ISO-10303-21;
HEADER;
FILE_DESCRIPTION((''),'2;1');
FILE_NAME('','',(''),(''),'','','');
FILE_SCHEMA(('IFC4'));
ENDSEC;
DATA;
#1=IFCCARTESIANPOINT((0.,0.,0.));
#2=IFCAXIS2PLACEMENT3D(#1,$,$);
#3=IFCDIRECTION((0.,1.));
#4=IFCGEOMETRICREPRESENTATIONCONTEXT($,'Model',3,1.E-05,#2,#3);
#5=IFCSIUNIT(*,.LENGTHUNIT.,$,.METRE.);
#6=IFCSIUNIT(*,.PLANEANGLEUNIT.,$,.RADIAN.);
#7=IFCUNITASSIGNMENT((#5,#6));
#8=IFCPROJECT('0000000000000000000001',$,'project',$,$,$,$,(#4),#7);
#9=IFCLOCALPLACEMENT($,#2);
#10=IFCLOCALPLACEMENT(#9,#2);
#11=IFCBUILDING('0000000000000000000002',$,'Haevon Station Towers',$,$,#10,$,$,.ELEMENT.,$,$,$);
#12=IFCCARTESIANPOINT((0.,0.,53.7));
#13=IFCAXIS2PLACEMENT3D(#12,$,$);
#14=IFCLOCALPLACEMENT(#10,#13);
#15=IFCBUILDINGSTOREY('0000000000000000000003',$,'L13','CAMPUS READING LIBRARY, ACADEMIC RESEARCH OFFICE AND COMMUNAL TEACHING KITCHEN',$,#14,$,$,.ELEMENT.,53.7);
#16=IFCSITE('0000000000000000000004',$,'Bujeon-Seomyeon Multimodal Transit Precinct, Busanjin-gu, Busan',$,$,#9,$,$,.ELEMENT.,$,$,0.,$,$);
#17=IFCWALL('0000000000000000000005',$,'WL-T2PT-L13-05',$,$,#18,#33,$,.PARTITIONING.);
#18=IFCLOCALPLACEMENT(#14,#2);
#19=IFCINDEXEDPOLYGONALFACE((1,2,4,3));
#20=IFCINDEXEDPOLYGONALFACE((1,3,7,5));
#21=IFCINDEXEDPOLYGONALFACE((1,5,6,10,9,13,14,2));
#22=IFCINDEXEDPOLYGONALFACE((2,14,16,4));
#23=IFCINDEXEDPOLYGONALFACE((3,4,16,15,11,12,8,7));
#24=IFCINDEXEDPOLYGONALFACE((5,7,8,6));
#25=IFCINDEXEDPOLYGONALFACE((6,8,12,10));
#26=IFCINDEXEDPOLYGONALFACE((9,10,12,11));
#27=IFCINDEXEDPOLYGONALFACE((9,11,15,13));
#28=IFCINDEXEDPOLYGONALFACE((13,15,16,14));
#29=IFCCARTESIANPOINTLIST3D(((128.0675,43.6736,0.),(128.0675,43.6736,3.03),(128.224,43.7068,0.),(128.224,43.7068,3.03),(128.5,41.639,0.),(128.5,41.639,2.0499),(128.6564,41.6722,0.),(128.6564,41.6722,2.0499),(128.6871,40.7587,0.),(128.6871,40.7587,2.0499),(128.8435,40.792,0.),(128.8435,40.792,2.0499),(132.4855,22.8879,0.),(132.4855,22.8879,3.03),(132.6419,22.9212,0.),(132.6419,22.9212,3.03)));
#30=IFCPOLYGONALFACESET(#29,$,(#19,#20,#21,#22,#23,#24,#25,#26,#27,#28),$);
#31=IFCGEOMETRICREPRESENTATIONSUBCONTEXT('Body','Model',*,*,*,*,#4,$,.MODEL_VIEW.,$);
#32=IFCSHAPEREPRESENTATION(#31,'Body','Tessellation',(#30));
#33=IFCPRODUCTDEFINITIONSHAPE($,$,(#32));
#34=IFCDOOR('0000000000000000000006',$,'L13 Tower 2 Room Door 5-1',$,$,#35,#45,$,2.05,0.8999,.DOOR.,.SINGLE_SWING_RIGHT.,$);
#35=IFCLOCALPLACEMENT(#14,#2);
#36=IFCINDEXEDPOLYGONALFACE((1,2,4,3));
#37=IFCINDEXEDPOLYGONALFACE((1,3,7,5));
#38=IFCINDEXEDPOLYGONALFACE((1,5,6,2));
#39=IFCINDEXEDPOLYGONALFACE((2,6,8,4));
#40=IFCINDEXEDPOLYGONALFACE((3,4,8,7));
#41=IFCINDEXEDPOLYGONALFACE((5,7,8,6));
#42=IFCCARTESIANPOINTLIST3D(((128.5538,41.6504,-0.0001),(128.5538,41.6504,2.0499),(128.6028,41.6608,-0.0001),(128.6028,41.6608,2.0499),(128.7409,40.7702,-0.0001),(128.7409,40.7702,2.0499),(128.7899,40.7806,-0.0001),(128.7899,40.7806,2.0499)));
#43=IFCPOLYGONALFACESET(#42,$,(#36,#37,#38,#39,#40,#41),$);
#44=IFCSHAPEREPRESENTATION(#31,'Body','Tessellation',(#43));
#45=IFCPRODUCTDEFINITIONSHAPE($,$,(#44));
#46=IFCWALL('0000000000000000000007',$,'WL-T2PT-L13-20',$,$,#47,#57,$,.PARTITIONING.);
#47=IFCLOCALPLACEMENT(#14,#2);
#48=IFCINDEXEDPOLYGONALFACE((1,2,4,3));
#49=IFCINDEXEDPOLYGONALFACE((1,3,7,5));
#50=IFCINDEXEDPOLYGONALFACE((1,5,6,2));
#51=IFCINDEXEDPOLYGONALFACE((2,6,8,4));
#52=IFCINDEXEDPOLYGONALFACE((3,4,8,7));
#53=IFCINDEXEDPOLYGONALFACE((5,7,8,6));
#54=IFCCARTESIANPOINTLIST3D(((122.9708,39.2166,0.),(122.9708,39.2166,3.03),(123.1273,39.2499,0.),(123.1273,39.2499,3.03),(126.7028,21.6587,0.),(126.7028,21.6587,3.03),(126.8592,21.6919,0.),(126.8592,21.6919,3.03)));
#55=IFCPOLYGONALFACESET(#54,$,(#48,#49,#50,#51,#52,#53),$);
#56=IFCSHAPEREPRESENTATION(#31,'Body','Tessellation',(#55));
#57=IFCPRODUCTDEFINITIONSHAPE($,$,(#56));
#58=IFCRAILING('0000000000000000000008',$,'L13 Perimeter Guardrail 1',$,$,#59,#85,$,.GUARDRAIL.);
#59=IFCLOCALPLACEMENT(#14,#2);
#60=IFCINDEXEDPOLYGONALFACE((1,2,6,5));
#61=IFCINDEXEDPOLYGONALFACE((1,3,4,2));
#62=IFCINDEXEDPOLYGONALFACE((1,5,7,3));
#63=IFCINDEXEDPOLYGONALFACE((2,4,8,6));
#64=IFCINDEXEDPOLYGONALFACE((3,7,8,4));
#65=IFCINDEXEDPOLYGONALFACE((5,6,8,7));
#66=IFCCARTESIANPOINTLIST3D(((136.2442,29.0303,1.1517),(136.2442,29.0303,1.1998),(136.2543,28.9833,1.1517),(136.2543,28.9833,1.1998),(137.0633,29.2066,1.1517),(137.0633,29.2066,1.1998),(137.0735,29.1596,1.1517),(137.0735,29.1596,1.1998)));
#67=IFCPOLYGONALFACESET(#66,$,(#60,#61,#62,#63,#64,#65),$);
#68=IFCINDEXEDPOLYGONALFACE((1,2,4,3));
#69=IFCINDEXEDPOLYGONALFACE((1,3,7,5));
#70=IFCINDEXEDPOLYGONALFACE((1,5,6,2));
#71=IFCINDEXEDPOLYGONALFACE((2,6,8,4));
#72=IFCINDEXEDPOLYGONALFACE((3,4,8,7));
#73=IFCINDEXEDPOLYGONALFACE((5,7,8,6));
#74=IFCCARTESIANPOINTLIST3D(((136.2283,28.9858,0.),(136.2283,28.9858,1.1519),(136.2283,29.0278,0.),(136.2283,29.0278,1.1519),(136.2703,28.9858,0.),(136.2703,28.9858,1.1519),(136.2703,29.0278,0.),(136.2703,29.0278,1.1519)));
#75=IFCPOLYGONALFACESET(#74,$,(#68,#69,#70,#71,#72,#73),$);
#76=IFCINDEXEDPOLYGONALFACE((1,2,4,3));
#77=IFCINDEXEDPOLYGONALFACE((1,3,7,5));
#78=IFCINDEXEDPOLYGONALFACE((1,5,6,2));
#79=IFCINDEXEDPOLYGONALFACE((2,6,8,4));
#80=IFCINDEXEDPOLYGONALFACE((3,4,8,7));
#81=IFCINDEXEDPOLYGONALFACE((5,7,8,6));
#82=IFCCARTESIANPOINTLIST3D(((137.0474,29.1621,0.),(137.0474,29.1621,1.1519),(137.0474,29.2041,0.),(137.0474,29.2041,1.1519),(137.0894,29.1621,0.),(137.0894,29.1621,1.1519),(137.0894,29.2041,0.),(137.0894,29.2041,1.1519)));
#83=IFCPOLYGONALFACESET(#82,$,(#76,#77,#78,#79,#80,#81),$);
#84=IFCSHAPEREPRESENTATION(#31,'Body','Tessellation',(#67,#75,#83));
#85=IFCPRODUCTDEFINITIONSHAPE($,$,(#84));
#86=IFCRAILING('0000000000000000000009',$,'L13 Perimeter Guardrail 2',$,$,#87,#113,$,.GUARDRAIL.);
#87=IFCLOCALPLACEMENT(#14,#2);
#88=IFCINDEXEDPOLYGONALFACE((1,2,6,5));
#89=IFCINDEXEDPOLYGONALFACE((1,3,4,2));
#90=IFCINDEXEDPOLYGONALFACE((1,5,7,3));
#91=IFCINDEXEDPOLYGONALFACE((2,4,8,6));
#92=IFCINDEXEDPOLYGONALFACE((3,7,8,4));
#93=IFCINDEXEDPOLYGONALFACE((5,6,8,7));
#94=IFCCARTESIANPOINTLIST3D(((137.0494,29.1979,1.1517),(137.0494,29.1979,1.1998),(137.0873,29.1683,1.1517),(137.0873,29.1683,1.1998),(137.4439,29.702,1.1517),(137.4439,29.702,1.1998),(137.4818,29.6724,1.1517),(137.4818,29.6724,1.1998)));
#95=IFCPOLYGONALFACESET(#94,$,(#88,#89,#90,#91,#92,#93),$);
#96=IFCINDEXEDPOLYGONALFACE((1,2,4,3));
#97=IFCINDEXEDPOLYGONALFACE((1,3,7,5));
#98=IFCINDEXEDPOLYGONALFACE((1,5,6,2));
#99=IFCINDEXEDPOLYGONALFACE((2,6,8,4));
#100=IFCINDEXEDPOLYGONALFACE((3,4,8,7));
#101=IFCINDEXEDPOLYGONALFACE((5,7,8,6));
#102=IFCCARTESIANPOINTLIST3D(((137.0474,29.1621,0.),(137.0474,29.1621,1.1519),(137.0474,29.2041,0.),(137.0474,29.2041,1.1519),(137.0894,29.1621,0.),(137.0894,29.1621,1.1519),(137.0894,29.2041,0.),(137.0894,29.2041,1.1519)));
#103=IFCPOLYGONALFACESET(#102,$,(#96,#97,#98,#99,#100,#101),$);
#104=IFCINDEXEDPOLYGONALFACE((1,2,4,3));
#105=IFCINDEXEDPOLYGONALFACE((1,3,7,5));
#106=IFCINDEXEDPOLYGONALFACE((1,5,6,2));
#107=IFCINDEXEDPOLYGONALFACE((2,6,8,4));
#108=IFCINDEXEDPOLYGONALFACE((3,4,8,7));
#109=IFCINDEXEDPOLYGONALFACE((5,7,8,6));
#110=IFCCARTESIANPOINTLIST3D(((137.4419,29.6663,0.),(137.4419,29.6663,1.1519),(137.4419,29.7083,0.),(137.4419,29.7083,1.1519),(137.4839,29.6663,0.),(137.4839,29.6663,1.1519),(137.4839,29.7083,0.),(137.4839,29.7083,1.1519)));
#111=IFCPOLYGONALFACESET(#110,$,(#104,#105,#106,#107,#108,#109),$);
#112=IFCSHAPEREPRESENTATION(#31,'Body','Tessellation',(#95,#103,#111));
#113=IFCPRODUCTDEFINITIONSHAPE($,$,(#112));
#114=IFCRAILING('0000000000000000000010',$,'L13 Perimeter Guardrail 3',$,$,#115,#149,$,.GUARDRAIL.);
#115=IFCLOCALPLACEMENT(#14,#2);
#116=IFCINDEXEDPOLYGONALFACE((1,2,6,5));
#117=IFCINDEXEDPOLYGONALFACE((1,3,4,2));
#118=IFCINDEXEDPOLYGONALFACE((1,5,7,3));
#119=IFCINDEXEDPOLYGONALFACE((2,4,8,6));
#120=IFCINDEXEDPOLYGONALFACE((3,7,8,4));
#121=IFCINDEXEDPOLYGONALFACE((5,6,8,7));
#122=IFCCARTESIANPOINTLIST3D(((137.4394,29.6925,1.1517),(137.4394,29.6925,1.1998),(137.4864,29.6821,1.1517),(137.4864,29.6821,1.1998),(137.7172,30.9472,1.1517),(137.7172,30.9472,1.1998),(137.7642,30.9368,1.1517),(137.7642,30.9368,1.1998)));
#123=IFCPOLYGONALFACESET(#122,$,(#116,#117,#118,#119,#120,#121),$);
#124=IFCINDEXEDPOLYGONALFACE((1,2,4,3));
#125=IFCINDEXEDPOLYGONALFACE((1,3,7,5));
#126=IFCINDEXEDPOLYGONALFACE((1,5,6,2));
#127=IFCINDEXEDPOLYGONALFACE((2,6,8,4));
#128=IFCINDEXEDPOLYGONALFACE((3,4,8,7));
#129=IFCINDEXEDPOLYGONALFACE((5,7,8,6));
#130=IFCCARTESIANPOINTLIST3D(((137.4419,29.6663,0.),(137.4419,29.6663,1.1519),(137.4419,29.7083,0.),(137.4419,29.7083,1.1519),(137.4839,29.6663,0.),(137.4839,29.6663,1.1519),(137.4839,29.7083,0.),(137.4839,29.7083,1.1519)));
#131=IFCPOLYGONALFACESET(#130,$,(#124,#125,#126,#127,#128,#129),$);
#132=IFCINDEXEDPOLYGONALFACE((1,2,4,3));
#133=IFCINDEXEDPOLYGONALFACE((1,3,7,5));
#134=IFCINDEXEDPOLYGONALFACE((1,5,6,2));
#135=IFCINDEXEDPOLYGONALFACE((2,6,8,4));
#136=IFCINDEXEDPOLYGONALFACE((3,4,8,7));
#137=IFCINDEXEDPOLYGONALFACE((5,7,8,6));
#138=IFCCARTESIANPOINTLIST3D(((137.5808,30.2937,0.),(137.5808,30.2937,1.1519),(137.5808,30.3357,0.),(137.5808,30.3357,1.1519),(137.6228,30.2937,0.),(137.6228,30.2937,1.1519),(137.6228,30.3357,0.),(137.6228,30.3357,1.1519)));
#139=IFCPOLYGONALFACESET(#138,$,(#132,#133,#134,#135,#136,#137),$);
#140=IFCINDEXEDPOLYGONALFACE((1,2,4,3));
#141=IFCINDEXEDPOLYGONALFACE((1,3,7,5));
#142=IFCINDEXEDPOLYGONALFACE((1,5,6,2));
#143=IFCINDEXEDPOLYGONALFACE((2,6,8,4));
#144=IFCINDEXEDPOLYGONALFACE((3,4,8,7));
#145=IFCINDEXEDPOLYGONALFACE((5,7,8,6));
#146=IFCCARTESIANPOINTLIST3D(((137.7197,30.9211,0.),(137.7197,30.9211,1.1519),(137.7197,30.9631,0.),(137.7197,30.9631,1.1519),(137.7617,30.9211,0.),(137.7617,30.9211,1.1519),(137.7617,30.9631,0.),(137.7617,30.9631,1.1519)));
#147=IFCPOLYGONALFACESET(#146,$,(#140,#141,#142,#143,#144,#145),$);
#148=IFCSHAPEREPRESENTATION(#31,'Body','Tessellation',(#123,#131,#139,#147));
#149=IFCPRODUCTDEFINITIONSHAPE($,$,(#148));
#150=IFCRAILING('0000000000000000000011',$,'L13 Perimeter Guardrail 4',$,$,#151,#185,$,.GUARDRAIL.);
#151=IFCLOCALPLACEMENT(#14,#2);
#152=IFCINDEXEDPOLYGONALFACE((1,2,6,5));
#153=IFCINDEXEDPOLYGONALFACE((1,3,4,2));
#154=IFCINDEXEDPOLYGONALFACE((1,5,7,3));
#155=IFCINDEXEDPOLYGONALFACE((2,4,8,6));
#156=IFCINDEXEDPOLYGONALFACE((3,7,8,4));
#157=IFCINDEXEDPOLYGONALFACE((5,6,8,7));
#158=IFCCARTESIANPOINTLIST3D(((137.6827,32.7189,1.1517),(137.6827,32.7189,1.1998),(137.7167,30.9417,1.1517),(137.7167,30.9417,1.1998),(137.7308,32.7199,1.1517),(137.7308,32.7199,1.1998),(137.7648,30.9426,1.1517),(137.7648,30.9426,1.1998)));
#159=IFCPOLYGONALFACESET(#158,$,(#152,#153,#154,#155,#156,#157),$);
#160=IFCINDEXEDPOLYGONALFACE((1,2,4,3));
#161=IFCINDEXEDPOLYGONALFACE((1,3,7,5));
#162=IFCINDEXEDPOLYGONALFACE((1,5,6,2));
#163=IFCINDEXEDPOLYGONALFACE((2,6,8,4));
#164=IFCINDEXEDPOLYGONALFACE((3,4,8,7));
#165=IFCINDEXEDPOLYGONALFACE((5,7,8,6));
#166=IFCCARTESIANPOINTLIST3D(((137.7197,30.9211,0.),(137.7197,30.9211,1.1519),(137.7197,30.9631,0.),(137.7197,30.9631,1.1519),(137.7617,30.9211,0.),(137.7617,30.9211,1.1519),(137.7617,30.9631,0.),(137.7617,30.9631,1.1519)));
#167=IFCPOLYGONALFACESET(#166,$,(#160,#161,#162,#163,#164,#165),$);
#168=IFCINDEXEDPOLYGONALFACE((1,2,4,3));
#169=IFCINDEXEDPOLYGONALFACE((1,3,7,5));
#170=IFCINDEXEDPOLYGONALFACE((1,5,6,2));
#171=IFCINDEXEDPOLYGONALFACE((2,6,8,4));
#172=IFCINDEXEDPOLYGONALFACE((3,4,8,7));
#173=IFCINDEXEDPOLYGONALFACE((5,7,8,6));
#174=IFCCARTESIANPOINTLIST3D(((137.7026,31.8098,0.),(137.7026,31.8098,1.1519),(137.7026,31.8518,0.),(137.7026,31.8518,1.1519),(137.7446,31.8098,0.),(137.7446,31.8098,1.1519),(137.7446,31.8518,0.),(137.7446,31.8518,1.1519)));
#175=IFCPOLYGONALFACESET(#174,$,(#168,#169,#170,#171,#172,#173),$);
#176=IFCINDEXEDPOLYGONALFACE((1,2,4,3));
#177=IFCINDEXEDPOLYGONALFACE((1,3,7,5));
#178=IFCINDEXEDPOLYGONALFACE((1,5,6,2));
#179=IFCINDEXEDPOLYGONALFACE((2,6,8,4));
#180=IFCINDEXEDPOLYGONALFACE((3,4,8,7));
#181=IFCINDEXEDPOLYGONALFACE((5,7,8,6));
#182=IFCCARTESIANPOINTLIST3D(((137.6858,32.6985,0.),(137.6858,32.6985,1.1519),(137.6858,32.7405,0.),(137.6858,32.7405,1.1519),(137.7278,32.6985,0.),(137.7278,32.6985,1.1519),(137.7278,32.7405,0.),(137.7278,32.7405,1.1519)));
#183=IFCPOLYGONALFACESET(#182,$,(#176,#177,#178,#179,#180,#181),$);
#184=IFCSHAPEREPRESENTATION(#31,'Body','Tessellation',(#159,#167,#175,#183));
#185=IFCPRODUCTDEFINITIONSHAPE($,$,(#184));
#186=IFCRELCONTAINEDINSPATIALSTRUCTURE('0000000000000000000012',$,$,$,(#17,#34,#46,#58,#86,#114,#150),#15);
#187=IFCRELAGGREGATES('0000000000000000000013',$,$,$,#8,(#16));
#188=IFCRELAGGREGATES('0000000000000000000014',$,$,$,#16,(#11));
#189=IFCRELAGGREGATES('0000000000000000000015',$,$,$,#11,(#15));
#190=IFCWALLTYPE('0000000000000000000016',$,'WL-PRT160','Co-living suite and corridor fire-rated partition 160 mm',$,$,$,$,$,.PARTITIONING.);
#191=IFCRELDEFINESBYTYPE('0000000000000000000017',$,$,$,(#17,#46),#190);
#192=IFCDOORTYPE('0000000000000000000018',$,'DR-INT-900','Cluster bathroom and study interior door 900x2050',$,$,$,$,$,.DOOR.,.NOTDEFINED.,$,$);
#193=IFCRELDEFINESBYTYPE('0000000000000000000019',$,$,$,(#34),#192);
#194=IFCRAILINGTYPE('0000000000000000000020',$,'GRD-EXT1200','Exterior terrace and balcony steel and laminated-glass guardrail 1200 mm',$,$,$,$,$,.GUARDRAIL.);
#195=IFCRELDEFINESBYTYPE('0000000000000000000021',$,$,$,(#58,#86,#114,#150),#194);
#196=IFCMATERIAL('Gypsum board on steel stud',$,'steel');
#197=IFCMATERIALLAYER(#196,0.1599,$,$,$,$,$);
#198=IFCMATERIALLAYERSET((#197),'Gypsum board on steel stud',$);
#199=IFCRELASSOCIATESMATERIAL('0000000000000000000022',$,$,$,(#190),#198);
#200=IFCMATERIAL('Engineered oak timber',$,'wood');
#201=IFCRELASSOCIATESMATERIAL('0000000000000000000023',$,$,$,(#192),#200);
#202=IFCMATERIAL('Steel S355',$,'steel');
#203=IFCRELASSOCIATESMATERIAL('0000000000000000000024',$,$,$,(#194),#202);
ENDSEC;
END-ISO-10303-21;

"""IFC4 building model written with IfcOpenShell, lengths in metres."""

from ifc_helpers import new_model, si_unit, direction, frame, frame_2d, origin, origin_2d, place, context, subcontext, project, spatial, rectangle, extrude, material, layer, layer_set, type_object, element, fill, save


model = new_model("IFC4")

# Units and contexts
model_context = context("Model", 3, precision=1e-05, world=origin(), true_north=direction((0.0, 1.0)))
body_context = subcontext(model_context, "Body", "Model", "MODEL_VIEW")
ifc_project = project(units=[si_unit("LENGTHUNIT", "METRE"), si_unit("PLANEANGLEUNIT", "RADIAN")], contexts=[model_context])

# Site, building, storey
site_placement = place(None, origin())
site = spatial("IfcSite", under=ifc_project, at=site_placement, Name="Bujeon-Seomyeon Multimodal Transit Precinct, Busanjin-gu, Busan", CompositionType="ELEMENT", RefElevation=0.0)
building_placement = place(site_placement, origin())
building = spatial("IfcBuilding", under=site, at=building_placement, Name="Haevon Station Towers", CompositionType="ELEMENT")
storey_placement = place(building_placement, frame((0.0, 0.0, 53.7)))
storey = spatial("IfcBuildingStorey", under=building, at=storey_placement, Name="L13", Description="CAMPUS READING LIBRARY, ACADEMIC RESEARCH OFFICE AND COMMUNAL TEACHING KITCHEN", CompositionType="ELEMENT", Elevation=53.7)

# Shared definitions
ifc_material_1 = material(Name="Steel S355", Category="steel")

# Shared definitions
ifc_material_2 = material(Name="Gypsum board on steel stud", Category="steel")

# Wall, opening, door
ifc_layer_1 = layer(ifc_material_2, 0.1599)
ifc_layer_set_1 = layer_set([ifc_layer_1], Name="Gypsum board on steel stud")
wall_type_1 = type_object("IfcWallType", Name="WL-PRT160", Description="Co-living suite and corridor fire-rated partition 160 mm", PredefinedType="PARTITIONING", material=ifc_layer_set_1)
wall_1_placement = place(storey_placement, frame((132.5637, 22.9045, 0.0), z_axis=(0.0, 0.0, 1.0), x_axis=(-0.207905, 0.978149, 0.0)))
wall_1 = element("IfcWall", 1, at=wall_1_placement, inside=storey, type_object=wall_type_1, Name="WL-T2PT-L13-05", PredefinedType="PARTITIONING", context=body_context, shape_type="SweptSolid", body=[
    extrude(rectangle(XDim=21.25, YDim=0.1599, at=frame_2d((10.625, 0.0))), origin(), (0.0, 0.0, 1.0), 3.03),
])
opening_1_placement = place(wall_1_placement, frame((18.27, 0.0, 0.0)))
opening_1 = element("IfcOpeningElement", 2, at=opening_1_placement, cuts=wall_1, PredefinedType="OPENING", context=body_context, shape_type="SweptSolid", body=[
    extrude(rectangle(XDim=0.8999, YDim=2.05, at=frame_2d((0.45, 1.0249))), frame((0.0, 0.0898, 0.0), z_axis=(0.0, -1.0, 0.0), x_axis=(1.0, 0.0, 0.0)), (0.0, 0.0, 1.0), 0.1799),
])
ifc_material_3 = material(Name="Engineered oak timber", Category="wood")
door_type = type_object("IfcDoorType", Name="DR-INT-900", Description="Cluster bathroom and study interior door 900x2050", OperationType="NOTDEFINED", PredefinedType="DOOR", material=ifc_material_3)
door_placement = place(opening_1_placement, origin())
door = element("IfcDoor", 3, at=door_placement, inside=storey, type_object=door_type, Name="L13 Tower 2 Room Door 5-1", OperationType="SINGLE_SWING_RIGHT", OverallHeight=2.05, OverallWidth=0.8999, PredefinedType="DOOR", context=body_context, shape_type="SweptSolid", body=[
    extrude(rectangle(XDim=0.8999, YDim=2.05, at=frame_2d((0.45, 1.0249))), frame((0.0, 0.0249, 0.0), z_axis=(0.0, -1.0, 0.0), x_axis=(1.0, 0.0, 0.0)), (0.0, 0.0, 1.0), 0.05),
])
fill(opening_1, door)

# Wall
wall_2_placement = place(storey_placement, frame((126.781, 21.6753, 0.0), z_axis=(0.0, 0.0, 1.0), x_axis=(-0.207906, 0.978149, 0.0)))
element("IfcWall", 4, at=wall_2_placement, inside=storey, type_object=wall_type_1, Name="WL-T2PT-L13-20", PredefinedType="PARTITIONING", context=body_context, shape_type="SweptSolid", body=[
    extrude(rectangle(XDim=17.9502, YDim=0.1599, at=frame_2d((8.9751, 0.0))), origin(), (0.0, 0.0, 1.0), 3.03),
])

# Railings
railing_type = type_object("IfcRailingType", Name="GRD-EXT1200", Description="Exterior terrace and balcony steel and laminated-glass guardrail 1200 mm", PredefinedType="GUARDRAIL", material=ifc_material_1)
railing_1_placement = place(storey_placement, frame((136.2493, 29.0068, 0.0)))
element("IfcRailing", 5, at=railing_1_placement, inside=storey, type_object=railing_type, Name="L13 Perimeter Guardrail 1", PredefinedType="GUARDRAIL", context=body_context, shape_type="SweptSolid", body=[
    extrude(rectangle(XDim=0.0481, YDim=0.0481, at=origin_2d()), frame((0.0, 0.0, 1.1758), z_axis=(0.977619, 0.210385, 0.0), x_axis=(-0.210385, 0.977619, 0.0)), (0.0, 0.0, 1.0), 0.8379),
    extrude(rectangle(XDim=0.042, YDim=0.042, at=origin_2d()), origin(), (0.0, 0.0, 1.0), 1.1519),
    extrude(rectangle(XDim=0.042, YDim=0.042, at=origin_2d()), frame((0.8191, 0.1763, 0.0)), (0.0, 0.0, 1.0), 1.1519),
])
railing_2_placement = place(storey_placement, frame((137.0684, 29.1831, 0.0)))
element("IfcRailing", 6, at=railing_2_placement, inside=storey, type_object=railing_type, Name="L13 Perimeter Guardrail 2", PredefinedType="GUARDRAIL", context=body_context, shape_type="SweptSolid", body=[
    extrude(rectangle(XDim=0.0481, YDim=0.0481, at=origin_2d()), frame((0.0, 0.0, 1.1758), z_axis=(0.616288, 0.787521, 0.0), x_axis=(-0.787521, 0.616288, 0.0)), (0.0, 0.0, 1.0), 0.6401),
    extrude(rectangle(XDim=0.042, YDim=0.042, at=origin_2d()), origin(), (0.0, 0.0, 1.0), 1.1519),
    extrude(rectangle(XDim=0.042, YDim=0.042, at=origin_2d()), frame((0.3945, 0.5042, 0.0)), (0.0, 0.0, 1.0), 1.1519),
])
railing_3_placement = place(storey_placement, frame((137.4629, 29.6873, 0.0)))
element("IfcRailing", 7, at=railing_3_placement, inside=storey, type_object=railing_type, Name="L13 Perimeter Guardrail 3", PredefinedType="GUARDRAIL", context=body_context, shape_type="SweptSolid", body=[
    extrude(rectangle(XDim=0.0481, YDim=0.0481, at=origin_2d()), frame((0.0, 0.0, 1.1758), z_axis=(0.216166, 0.976357, 0.0), x_axis=(-0.976357, 0.216166, 0.0)), (0.0, 0.0, 1.0), 1.2852),
    extrude(rectangle(XDim=0.042, YDim=0.042, at=origin_2d()), origin(), (0.0, 0.0, 1.0), 1.1519),
    extrude(rectangle(XDim=0.042, YDim=0.042, at=origin_2d()), frame((0.1389, 0.6274, 0.0)), (0.0, 0.0, 1.0), 1.1519),
    extrude(rectangle(XDim=0.042, YDim=0.042, at=origin_2d()), frame((0.2778, 1.2549, 0.0)), (0.0, 0.0, 1.0), 1.1519),
])
railing_4_placement = place(storey_placement, frame((137.7407, 30.9421, 0.0)))
element("IfcRailing", 8, at=railing_4_placement, inside=storey, type_object=railing_type, Name="L13 Perimeter Guardrail 4", PredefinedType="GUARDRAIL", context=body_context, shape_type="SweptSolid", body=[
    extrude(rectangle(XDim=0.0481, YDim=0.0481, at=origin_2d()), frame((0.0, 0.0, 1.1758), z_axis=(-0.01909, 0.999818, 0.0), x_axis=(-0.999818, -0.01909, 0.0)), (0.0, 0.0, 1.0), 1.7776),
    extrude(rectangle(XDim=0.042, YDim=0.042, at=origin_2d()), origin(), (0.0, 0.0, 1.0), 1.1519),
    extrude(rectangle(XDim=0.042, YDim=0.042, at=origin_2d()), frame((-0.0171, 0.8887, 0.0)), (0.0, 0.0, 1.0), 1.1519),
    extrude(rectangle(XDim=0.042, YDim=0.042, at=origin_2d()), frame((-0.0339, 1.7773, 0.0)), (0.0, 0.0, 1.0), 1.1519),
])

save(model, "model.ifc")
